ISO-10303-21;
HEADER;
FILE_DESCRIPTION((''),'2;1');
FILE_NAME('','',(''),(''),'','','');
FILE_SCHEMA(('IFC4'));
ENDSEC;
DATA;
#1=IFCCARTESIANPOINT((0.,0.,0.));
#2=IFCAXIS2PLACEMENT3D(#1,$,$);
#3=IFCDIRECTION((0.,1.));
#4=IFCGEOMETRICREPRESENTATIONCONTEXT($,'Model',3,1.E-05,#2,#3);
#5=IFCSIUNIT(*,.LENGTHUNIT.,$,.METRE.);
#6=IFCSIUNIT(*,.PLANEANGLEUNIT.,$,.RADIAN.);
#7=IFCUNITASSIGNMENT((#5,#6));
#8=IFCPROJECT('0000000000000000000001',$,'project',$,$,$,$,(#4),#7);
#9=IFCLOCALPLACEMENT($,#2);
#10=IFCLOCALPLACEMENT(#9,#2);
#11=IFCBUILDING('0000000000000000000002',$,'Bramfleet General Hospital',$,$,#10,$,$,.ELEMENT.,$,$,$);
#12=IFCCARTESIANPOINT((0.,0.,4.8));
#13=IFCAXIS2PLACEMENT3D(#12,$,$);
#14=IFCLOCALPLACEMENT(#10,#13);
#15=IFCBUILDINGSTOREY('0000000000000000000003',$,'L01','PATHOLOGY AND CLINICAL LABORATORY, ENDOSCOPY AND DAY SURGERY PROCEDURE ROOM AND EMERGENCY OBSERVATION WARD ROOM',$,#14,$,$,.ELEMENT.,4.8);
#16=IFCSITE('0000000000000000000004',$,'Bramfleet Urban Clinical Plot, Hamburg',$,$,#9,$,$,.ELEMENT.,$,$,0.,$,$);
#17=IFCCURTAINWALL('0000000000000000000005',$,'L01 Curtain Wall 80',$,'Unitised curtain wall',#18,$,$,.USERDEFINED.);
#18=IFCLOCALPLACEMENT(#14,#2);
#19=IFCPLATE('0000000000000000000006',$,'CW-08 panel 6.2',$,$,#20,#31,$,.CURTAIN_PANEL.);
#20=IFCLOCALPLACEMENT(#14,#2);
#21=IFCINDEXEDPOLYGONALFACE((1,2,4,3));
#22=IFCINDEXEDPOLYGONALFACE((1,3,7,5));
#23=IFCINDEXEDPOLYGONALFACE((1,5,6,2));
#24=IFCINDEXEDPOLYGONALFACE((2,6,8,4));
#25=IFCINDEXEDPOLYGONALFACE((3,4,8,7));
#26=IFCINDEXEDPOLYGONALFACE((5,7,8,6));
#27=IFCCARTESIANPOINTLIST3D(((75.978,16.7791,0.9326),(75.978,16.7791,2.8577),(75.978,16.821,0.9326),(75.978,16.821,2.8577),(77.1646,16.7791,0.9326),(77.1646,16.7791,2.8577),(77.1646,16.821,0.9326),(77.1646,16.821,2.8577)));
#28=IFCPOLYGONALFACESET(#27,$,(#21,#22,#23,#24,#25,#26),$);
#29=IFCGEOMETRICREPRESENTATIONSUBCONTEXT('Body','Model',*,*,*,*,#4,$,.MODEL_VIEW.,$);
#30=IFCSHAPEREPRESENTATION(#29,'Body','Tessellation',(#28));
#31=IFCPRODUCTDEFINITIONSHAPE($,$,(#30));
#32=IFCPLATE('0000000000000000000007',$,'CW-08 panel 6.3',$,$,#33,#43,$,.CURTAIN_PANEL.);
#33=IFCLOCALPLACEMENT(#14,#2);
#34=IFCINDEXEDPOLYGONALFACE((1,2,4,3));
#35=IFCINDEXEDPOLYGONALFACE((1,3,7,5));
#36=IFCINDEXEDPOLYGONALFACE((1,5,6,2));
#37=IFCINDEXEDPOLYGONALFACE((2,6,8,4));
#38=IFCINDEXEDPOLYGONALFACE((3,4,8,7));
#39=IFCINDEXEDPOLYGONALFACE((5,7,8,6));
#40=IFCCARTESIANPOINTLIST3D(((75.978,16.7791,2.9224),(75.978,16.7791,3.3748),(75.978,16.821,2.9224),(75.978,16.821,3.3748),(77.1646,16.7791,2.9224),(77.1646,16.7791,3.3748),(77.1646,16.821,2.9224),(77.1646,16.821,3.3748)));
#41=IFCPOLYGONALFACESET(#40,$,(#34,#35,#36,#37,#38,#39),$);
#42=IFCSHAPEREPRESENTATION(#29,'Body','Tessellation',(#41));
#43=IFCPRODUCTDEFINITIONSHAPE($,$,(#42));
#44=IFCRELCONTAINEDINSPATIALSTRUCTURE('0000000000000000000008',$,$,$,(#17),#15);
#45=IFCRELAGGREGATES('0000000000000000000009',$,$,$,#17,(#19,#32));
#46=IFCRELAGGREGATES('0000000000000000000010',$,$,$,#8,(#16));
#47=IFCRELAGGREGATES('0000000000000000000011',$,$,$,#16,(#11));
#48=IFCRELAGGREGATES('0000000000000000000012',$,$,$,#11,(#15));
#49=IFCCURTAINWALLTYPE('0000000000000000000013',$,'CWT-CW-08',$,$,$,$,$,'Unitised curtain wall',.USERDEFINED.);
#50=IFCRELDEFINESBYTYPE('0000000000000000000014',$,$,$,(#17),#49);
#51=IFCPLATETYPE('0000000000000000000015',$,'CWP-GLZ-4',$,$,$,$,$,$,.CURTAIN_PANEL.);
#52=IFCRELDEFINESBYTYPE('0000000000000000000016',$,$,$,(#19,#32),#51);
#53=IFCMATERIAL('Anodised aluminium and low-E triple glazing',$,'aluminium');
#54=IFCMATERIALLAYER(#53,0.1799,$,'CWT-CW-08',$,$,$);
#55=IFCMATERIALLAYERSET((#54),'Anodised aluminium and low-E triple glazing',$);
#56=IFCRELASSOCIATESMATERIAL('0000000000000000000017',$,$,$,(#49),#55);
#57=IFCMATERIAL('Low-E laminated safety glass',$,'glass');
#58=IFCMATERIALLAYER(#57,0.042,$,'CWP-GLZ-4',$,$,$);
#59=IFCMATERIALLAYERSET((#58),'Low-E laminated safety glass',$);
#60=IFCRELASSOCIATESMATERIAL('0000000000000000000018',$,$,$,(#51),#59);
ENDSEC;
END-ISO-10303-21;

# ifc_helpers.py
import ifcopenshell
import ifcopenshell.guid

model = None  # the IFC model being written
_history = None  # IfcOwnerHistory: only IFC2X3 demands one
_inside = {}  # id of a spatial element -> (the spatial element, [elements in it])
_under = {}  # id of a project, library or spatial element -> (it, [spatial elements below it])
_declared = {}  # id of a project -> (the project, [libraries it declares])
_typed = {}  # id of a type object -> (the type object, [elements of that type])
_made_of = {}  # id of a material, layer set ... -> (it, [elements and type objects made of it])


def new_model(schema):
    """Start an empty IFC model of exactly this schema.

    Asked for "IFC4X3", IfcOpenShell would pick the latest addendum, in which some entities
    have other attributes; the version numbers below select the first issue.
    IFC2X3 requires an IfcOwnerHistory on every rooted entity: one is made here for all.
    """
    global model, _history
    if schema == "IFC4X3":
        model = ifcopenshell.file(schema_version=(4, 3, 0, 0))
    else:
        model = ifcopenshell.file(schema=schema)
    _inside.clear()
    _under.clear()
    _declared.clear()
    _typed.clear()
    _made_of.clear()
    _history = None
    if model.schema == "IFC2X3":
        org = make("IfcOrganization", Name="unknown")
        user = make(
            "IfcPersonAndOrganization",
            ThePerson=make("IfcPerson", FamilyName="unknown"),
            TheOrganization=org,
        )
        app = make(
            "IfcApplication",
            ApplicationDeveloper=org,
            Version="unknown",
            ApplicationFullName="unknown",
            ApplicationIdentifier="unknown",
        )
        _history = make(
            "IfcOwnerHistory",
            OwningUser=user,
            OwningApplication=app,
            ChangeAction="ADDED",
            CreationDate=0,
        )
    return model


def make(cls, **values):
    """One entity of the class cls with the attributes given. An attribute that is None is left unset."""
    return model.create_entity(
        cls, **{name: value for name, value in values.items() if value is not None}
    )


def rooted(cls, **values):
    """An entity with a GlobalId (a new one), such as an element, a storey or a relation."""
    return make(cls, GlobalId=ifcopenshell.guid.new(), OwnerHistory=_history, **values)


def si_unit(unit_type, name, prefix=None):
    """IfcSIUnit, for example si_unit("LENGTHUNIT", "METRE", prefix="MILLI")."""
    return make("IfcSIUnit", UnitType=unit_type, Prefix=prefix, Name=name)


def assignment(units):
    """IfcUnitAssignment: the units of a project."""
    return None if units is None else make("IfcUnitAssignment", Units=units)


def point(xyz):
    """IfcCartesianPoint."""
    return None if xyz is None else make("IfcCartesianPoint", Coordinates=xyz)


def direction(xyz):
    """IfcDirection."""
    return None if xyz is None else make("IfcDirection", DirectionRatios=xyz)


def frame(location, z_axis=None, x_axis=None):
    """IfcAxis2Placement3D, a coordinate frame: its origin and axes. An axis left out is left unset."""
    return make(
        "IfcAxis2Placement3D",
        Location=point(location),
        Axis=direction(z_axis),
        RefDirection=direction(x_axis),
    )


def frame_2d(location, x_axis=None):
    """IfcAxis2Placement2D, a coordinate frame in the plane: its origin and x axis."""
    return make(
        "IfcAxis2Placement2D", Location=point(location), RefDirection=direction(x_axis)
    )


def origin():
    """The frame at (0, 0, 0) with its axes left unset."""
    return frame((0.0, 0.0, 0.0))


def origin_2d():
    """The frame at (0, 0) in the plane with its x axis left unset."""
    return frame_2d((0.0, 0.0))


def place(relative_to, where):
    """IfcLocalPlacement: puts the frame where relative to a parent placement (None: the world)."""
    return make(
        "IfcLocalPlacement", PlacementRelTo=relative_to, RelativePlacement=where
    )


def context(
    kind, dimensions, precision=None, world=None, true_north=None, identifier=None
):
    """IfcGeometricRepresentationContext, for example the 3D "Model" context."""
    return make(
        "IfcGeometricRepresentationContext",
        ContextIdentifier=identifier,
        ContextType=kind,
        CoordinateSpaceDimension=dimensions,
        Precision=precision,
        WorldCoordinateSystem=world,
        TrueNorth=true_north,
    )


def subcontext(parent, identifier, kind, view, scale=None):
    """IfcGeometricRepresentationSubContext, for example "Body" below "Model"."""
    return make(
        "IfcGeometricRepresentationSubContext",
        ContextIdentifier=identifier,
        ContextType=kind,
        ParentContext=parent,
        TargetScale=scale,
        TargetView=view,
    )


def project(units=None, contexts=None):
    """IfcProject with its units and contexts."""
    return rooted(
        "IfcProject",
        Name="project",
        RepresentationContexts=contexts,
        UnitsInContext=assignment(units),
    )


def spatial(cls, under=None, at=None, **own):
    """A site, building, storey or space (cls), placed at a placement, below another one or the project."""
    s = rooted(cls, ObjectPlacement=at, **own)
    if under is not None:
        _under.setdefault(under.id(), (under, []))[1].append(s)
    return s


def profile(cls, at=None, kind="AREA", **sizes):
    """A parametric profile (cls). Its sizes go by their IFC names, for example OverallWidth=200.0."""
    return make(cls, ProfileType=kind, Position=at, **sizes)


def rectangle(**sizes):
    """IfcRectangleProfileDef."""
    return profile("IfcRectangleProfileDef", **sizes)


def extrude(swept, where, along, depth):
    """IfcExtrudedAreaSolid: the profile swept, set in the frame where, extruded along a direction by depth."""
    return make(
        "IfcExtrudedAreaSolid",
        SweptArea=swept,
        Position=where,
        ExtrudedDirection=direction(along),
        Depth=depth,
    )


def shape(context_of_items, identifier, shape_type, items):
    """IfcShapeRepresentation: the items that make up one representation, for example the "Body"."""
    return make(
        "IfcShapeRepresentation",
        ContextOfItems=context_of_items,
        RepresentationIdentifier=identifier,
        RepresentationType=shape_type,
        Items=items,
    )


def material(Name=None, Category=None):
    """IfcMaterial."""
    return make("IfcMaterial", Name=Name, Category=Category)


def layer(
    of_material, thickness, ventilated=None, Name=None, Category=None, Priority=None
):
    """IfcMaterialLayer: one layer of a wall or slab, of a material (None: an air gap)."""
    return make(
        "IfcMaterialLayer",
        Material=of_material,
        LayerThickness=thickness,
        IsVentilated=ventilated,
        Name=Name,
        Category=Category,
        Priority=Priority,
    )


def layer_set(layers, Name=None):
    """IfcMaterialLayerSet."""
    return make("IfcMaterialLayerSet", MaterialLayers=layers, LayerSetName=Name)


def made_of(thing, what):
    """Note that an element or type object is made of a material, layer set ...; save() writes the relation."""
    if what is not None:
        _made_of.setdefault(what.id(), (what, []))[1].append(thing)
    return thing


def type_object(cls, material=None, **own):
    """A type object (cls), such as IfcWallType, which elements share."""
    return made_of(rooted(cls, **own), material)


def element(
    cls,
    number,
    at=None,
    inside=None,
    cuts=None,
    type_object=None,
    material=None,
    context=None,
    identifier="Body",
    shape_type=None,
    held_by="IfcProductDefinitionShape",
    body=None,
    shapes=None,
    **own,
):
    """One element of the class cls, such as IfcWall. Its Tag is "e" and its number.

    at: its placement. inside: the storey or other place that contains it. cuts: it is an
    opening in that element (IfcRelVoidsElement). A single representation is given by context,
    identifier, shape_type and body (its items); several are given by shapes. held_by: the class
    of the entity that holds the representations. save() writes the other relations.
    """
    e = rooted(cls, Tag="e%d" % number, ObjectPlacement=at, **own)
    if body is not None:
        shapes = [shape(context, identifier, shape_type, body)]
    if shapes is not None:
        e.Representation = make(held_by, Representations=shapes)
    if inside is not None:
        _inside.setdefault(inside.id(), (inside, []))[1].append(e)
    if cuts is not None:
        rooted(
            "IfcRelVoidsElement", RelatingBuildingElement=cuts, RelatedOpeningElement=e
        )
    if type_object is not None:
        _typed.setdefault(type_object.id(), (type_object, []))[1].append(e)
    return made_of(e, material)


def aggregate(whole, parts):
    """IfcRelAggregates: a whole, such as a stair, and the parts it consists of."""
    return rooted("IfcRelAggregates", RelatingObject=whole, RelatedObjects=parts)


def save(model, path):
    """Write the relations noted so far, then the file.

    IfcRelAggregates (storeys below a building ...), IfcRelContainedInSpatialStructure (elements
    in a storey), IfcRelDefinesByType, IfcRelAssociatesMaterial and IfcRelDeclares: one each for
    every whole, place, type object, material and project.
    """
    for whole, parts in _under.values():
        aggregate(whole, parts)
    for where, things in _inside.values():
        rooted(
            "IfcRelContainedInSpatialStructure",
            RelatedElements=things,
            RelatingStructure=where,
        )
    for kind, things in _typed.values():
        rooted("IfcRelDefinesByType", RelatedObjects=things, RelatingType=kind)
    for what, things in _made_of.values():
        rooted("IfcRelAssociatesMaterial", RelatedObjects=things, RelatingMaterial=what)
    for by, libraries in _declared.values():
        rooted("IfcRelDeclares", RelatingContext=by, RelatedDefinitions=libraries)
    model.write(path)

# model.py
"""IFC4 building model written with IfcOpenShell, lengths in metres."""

from ifc_helpers import new_model, si_unit, direction, frame, origin, origin_2d, place, context, subcontext, project, spatial, rectangle, extrude, material, layer, layer_set, type_object, element, aggregate, save


model = new_model("IFC4")

# Units and contexts
model_context = context("Model", 3, precision=1e-05, world=origin(), true_north=direction((0.0, 1.0)))
body_context = subcontext(model_context, "Body", "Model", "MODEL_VIEW")
ifc_project = project(units=[si_unit("LENGTHUNIT", "METRE"), si_unit("PLANEANGLEUNIT", "RADIAN")], contexts=[model_context])

# Site, building, storey
site_placement = place(None, origin())
site = spatial("IfcSite", under=ifc_project, at=site_placement, Name="Bramfleet Urban Clinical Plot, Hamburg", CompositionType="ELEMENT", RefElevation=0.0)
building_placement = place(site_placement, origin())
building = spatial("IfcBuilding", under=site, at=building_placement, Name="Bramfleet General Hospital", CompositionType="ELEMENT")
storey_placement = place(building_placement, frame((0.0, 0.0, 4.8)))
storey = spatial("IfcBuildingStorey", under=building, at=storey_placement, Name="L01", Description="PATHOLOGY AND CLINICAL LABORATORY, ENDOSCOPY AND DAY SURGERY PROCEDURE ROOM AND EMERGENCY OBSERVATION WARD ROOM", CompositionType="ELEMENT", Elevation=4.8)

# Curtain wall, plates
ifc_material_1 = material(Name="Anodised aluminium and low-E triple glazing", Category="aluminium")
ifc_layer_1 = layer(ifc_material_1, 0.1799, Name="CWT-CW-08")
ifc_layer_set_1 = layer_set([ifc_layer_1], Name="Anodised aluminium and low-E triple glazing")
curtain_wall_type = type_object("IfcCurtainWallType", Name="CWT-CW-08", ElementType="Unitised curtain wall", PredefinedType="USERDEFINED", material=ifc_layer_set_1)
curtain_wall_placement = place(storey_placement, origin())
curtain_wall = element("IfcCurtainWall", 1, at=curtain_wall_placement, inside=storey, type_object=curtain_wall_type, Name="L01 Curtain Wall 80", ObjectType="Unitised curtain wall", PredefinedType="USERDEFINED")
ifc_material_2 = material(Name="Low-E laminated safety glass", Category="glass")
ifc_layer_2 = layer(ifc_material_2, 0.042, Name="CWP-GLZ-4")
ifc_layer_set_2 = layer_set([ifc_layer_2], Name="Low-E laminated safety glass")
plate_type = type_object("IfcPlateType", Name="CWP-GLZ-4", PredefinedType="CURTAIN_PANEL", material=ifc_layer_set_2)
plate_1_placement = place(storey_placement, frame((76.5713, 16.8, 0.9326), z_axis=(0.0, 0.0, 1.0), x_axis=(-1.0, 0.0, 0.0)))
plate_1 = element("IfcPlate", 2, at=plate_1_placement, type_object=plate_type, Name="CW-08 panel 6.2", PredefinedType="CURTAIN_PANEL", context=body_context, shape_type="SweptSolid", body=[
    extrude(rectangle(XDim=1.1865, YDim=0.042, at=origin_2d()), origin(), (0.0, 0.0, 1.0), 1.925),
])
plate_2_placement = place(storey_placement, frame((76.5713, 16.8, 2.9224), z_axis=(0.0, 0.0, 1.0), x_axis=(-1.0, 0.0, 0.0)))
plate_2 = element("IfcPlate", 3, at=plate_2_placement, type_object=plate_type, Name="CW-08 panel 6.3", PredefinedType="CURTAIN_PANEL", context=body_context, shape_type="SweptSolid", body=[
    extrude(rectangle(XDim=1.1865, YDim=0.042, at=origin_2d()), origin(), (0.0, 0.0, 1.0), 0.4524),
])
aggregate(curtain_wall, [plate_1, plate_2])

save(model, "model.ifc")
